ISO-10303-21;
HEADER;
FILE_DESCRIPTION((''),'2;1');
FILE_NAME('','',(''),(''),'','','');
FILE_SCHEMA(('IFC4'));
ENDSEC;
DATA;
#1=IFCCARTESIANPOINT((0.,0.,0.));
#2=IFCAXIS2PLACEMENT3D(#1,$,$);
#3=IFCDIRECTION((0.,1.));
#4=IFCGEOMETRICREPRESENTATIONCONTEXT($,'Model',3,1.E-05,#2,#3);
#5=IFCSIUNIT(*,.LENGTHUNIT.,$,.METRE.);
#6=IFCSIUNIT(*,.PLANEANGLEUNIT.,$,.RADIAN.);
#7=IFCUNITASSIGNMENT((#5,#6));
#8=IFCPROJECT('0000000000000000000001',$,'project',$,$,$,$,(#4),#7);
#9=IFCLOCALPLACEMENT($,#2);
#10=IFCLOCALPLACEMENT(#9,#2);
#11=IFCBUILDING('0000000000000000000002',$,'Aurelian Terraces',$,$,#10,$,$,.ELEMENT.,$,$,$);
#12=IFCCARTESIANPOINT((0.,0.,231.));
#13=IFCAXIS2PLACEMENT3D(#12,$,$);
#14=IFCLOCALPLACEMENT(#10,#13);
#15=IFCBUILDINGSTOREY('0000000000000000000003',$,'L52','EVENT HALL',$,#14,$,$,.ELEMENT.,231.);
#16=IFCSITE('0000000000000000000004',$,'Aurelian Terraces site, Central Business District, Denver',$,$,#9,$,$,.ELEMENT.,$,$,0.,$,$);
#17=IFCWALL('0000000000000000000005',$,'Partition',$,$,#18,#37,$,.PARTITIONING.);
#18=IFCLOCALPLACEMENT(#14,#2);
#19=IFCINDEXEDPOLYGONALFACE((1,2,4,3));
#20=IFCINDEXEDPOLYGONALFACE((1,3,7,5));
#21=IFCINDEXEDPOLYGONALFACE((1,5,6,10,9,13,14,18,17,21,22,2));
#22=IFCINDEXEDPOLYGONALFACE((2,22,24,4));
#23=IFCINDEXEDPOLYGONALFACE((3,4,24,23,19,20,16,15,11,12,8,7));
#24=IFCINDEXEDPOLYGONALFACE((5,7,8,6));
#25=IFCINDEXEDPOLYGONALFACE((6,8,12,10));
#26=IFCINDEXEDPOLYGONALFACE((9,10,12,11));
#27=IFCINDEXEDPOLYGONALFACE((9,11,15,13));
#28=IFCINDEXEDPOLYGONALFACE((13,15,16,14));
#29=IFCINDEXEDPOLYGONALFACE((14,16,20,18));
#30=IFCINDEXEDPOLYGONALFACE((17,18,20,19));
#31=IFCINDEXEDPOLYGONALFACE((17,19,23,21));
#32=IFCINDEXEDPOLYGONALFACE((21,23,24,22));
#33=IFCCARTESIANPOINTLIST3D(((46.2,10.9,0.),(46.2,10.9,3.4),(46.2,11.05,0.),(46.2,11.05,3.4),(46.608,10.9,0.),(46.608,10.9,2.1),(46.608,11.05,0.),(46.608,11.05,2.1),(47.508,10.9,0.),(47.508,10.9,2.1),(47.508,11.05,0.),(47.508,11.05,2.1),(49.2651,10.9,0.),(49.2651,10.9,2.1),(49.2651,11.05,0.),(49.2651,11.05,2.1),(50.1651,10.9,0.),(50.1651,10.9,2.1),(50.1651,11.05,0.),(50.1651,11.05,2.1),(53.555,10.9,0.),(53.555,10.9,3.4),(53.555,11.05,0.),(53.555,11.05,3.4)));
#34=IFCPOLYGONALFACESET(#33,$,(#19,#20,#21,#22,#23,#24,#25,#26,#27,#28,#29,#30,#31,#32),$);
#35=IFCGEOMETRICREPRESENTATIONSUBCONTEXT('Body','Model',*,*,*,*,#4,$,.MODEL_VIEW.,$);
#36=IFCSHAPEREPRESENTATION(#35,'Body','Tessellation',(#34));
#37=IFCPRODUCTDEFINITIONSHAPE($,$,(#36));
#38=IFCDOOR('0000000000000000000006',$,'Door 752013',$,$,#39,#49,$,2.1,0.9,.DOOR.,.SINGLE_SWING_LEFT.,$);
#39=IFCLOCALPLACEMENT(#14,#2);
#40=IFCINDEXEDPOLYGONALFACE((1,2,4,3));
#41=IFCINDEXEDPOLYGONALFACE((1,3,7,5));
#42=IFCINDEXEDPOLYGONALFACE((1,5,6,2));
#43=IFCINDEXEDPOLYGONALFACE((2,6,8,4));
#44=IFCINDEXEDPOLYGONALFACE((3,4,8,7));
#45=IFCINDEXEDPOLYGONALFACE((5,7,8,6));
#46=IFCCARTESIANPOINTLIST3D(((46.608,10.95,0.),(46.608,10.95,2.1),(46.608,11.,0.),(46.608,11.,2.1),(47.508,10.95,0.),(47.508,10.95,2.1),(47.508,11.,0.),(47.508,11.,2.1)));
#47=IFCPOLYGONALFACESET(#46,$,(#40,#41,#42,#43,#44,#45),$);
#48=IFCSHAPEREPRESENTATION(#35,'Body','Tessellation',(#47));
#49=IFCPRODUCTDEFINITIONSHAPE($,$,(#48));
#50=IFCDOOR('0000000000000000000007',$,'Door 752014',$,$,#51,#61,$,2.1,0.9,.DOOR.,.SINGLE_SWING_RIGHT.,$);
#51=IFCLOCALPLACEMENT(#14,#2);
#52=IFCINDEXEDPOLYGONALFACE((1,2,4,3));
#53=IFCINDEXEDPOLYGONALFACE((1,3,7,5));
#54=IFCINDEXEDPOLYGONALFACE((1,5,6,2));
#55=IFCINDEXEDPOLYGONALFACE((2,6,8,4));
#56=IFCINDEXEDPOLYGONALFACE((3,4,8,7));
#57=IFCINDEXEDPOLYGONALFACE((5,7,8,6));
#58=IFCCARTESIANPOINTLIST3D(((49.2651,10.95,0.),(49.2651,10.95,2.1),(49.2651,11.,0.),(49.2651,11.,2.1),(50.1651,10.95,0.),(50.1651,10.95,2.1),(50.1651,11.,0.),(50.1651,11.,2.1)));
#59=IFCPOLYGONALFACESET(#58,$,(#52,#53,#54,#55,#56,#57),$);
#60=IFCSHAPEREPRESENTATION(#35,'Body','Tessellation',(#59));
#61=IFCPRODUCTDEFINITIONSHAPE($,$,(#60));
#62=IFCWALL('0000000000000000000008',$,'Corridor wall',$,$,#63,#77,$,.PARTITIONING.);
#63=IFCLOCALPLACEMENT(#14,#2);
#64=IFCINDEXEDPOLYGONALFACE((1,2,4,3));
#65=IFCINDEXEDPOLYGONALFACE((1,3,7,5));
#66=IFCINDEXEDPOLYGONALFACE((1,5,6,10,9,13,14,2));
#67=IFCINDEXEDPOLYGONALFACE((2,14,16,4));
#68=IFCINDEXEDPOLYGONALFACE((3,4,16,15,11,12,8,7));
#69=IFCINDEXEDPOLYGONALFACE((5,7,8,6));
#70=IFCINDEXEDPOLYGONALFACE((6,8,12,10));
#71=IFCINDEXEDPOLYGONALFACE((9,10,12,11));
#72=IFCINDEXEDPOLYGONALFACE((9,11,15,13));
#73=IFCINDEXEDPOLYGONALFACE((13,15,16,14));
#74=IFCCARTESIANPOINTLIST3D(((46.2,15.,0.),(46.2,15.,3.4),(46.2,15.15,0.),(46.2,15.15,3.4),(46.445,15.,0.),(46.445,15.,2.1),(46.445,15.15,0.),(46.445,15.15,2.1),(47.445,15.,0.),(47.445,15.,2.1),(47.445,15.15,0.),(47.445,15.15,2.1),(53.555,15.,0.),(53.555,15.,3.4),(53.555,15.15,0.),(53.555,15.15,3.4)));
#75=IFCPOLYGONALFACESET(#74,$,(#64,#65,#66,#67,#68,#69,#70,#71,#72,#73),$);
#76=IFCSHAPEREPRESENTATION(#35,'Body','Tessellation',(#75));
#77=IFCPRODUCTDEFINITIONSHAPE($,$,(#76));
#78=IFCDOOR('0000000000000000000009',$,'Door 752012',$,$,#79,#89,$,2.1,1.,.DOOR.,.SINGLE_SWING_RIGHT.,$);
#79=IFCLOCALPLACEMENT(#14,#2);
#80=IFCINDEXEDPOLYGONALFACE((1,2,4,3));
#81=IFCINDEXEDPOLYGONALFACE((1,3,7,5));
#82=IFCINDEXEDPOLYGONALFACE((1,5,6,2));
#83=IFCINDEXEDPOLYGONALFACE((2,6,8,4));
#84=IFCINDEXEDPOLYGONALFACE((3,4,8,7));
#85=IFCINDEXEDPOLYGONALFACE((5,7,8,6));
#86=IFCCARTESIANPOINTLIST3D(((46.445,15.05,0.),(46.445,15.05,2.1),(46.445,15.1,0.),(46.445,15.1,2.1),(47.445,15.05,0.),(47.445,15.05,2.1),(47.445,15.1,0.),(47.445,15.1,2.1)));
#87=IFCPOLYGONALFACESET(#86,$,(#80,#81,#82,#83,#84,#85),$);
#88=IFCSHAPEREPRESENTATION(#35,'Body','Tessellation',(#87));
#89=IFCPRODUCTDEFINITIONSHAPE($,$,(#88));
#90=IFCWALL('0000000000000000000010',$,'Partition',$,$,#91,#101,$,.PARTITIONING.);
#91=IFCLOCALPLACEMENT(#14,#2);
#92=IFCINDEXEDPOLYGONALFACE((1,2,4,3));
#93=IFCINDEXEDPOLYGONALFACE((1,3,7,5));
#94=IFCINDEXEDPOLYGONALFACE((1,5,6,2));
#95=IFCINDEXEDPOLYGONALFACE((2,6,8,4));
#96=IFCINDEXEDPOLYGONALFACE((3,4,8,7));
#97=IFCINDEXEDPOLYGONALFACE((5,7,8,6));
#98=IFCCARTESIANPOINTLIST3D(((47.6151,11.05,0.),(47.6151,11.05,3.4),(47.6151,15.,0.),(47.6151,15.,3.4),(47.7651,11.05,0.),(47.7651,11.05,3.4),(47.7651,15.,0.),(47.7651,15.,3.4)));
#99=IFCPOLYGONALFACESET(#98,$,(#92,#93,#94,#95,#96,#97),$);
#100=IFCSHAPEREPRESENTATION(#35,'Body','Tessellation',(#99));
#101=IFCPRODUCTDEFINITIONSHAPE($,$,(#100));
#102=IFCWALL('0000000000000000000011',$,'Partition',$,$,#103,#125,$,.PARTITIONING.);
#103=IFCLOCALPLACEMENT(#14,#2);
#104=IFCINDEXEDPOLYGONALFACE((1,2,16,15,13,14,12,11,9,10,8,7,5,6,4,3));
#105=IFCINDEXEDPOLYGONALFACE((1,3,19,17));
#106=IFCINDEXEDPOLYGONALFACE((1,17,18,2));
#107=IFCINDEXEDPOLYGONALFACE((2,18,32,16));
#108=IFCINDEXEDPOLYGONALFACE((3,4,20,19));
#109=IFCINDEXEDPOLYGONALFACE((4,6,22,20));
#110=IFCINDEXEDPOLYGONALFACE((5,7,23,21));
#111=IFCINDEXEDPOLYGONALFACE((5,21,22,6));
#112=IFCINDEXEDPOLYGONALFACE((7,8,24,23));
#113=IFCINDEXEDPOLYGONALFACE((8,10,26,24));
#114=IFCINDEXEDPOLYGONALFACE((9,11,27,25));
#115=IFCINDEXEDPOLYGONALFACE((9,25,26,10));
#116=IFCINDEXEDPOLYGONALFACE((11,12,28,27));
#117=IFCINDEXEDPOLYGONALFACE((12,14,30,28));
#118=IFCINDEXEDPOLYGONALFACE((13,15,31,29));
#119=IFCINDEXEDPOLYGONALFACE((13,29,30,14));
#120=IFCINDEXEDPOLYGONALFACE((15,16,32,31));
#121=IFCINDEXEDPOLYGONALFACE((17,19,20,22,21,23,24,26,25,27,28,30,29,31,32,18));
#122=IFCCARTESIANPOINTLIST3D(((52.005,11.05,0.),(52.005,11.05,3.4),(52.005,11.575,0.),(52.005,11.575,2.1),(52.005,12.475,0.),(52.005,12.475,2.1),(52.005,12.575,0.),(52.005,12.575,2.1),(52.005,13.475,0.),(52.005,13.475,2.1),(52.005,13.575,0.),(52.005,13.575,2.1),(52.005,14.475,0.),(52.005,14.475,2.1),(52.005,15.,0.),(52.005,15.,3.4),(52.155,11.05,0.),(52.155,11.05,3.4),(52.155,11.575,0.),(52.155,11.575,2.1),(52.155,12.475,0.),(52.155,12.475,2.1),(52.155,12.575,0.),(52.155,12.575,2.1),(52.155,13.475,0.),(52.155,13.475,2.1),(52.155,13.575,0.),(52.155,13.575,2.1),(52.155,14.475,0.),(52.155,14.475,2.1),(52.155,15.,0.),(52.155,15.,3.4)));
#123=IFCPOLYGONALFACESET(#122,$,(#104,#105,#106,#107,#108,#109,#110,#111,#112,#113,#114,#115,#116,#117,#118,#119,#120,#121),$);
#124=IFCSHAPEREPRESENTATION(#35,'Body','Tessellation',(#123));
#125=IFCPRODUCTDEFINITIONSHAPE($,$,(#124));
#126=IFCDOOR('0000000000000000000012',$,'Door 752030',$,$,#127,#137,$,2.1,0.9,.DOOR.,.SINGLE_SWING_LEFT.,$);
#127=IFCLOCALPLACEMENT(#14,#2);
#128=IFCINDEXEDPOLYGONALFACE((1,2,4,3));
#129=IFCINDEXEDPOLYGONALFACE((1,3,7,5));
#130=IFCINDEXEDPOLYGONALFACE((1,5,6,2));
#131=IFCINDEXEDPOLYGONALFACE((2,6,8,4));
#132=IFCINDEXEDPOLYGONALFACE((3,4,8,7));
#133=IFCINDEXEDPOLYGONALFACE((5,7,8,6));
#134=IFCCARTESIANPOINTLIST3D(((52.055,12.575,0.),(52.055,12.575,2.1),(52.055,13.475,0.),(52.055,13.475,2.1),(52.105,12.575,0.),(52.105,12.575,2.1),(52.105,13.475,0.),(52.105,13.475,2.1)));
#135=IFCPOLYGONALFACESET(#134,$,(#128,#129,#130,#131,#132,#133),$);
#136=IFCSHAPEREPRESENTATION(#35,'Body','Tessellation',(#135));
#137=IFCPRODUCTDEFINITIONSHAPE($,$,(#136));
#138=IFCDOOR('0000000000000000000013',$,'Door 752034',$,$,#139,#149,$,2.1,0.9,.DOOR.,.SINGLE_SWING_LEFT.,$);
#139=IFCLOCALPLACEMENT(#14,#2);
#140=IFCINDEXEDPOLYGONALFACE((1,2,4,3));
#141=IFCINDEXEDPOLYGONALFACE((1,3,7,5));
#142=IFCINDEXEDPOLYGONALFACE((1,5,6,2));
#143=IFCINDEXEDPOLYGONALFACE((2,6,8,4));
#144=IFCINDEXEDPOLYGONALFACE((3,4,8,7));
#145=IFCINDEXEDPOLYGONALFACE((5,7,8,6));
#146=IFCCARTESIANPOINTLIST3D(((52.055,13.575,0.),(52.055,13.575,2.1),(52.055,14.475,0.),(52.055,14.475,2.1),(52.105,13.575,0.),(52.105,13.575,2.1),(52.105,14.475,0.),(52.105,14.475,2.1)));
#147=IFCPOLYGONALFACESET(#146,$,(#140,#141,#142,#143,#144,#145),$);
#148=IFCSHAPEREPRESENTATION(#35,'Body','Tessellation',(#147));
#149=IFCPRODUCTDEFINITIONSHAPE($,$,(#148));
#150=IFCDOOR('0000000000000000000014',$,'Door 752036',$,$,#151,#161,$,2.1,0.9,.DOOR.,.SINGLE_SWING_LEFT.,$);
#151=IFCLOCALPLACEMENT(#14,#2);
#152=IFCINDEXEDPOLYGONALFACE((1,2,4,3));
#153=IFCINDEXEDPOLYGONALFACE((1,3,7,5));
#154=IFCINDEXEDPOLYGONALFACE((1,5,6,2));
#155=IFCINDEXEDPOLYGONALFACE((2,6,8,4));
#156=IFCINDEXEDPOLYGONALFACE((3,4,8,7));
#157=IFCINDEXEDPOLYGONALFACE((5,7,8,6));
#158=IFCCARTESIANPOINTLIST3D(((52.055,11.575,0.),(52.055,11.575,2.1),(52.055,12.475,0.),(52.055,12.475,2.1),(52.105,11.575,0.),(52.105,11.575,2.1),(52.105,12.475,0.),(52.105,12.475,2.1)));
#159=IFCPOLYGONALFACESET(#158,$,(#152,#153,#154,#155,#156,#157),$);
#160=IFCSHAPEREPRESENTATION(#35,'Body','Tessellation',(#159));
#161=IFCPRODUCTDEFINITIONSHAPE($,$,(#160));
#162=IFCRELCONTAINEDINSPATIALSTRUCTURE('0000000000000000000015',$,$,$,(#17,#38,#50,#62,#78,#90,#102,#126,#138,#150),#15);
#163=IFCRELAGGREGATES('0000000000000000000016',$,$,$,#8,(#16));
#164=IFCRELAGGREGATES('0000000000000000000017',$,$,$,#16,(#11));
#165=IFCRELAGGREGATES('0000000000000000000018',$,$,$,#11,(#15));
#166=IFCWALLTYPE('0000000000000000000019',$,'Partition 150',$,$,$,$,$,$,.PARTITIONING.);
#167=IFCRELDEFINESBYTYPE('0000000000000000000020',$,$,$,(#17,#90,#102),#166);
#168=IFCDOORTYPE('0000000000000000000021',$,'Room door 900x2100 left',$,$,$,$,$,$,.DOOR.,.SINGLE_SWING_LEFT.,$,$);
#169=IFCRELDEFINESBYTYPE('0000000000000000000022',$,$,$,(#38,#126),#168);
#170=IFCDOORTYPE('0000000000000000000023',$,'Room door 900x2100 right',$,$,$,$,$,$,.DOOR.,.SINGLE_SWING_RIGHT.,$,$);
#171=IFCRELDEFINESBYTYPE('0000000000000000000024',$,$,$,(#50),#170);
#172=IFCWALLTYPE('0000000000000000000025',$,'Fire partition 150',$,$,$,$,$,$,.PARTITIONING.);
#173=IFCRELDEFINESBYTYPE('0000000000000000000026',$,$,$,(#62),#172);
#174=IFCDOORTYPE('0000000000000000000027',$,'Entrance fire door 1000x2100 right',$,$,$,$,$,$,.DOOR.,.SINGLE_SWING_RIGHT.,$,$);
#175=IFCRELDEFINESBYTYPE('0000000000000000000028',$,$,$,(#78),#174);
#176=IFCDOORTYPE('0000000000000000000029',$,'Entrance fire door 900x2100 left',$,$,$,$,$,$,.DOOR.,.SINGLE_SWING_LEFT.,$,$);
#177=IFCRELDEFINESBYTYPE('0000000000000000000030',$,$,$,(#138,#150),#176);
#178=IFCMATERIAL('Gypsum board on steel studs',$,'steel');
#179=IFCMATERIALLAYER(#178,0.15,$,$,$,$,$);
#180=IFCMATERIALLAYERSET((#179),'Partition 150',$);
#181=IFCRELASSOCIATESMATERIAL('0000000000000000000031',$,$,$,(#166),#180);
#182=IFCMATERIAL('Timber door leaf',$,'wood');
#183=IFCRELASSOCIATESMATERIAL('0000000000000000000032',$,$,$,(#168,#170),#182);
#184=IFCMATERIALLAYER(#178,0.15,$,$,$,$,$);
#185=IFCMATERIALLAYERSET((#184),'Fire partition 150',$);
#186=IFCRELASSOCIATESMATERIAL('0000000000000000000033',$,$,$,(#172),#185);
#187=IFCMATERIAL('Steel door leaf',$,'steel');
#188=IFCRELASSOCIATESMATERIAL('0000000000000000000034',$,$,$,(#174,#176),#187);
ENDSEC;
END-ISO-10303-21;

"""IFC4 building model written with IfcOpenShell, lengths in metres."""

from ifc_helpers import new_model, si_unit, direction, frame, frame_2d, origin, place, context, subcontext, project, spatial, rectangle, extrude, source, transform, mapped, material, layer, layer_set, type_object, element, fill, save


model = new_model("IFC4")

# Units and contexts
model_context = context("Model", 3, precision=1e-05, world=origin(), true_north=direction((0.0, 1.0)))
body_context = subcontext(model_context, "Body", "Model", "MODEL_VIEW")
ifc_project = project(units=[si_unit("LENGTHUNIT", "METRE"), si_unit("PLANEANGLEUNIT", "RADIAN")], contexts=[model_context])

# Site, building, storey
site_placement = place(None, origin())
site = spatial("IfcSite", under=ifc_project, at=site_placement, Name="Aurelian Terraces site, Central Business District, Denver", CompositionType="ELEMENT", RefElevation=0.0)
building_placement = place(site_placement, origin())
building = spatial("IfcBuilding", under=site, at=building_placement, Name="Aurelian Terraces", CompositionType="ELEMENT")
storey_placement = place(building_placement, frame((0.0, 0.0, 231.0)))
storey = spatial("IfcBuildingStorey", under=building, at=storey_placement, Name="L52", Description="EVENT HALL", CompositionType="ELEMENT", Elevation=231.0)

# Wall, openings, doors
ifc_material_1 = material(Name="Gypsum board on steel studs", Category="steel")
ifc_layer_1 = layer(ifc_material_1, 0.15)
ifc_layer_set_1 = layer_set([ifc_layer_1], Name="Partition 150")
wall_type_1 = type_object("IfcWallType", Name="Partition 150", PredefinedType="PARTITIONING", material=ifc_layer_set_1)
shared_shape_1 = source(origin(), body_context, "Body", "SweptSolid", [
    extrude(rectangle(XDim=7.355, YDim=0.15, at=frame_2d((3.6775, 0.0))), origin(), (0.0, 0.0, 1.0), 3.4),
])
wall_1_placement = place(storey_placement, frame((53.555, 10.975, 0.0), z_axis=(0.0, 0.0, 1.0), x_axis=(-1.0, 0.0, 0.0)))
wall_1 = element("IfcWall", 1, at=wall_1_placement, inside=storey, type_object=wall_type_1, Name="Partition", PredefinedType="PARTITIONING", context=body_context, shape_type="MappedRepresentation", body=[
    mapped(shared_shape_1, transform((0.0, 0.0, 0.0), scale=1.0)),
])
shared_shape_2 = source(origin(), body_context, "Body", "SweptSolid", [
    extrude(rectangle(XDim=0.9, YDim=2.1, at=frame_2d((0.45, 1.05))), frame((0.0, 0.085, 0.0), z_axis=(0.0, -1.0, 0.0), x_axis=(1.0, 0.0, 0.0)), (0.0, 0.0, 1.0), 0.17),
])
opening_1_placement = place(wall_1_placement, frame((6.047, 0.0, 0.0)))
opening_1 = element("IfcOpeningElement", 2, at=opening_1_placement, cuts=wall_1, PredefinedType="OPENING", context=body_context, shape_type="MappedRepresentation", body=[
    mapped(shared_shape_2, transform((0.0, 0.0, 0.0), scale=1.0)),
])
opening_2_placement = place(wall_1_placement, frame((3.3899, 0.0, 0.0)))
opening_2 = element("IfcOpeningElement", 3, at=opening_2_placement, cuts=wall_1, PredefinedType="OPENING", context=body_context, shape_type="MappedRepresentation", body=[
    mapped(shared_shape_2, transform((0.0, 0.0, 0.0), scale=1.0)),
])
ifc_material_2 = material(Name="Timber door leaf", Category="wood")
door_type_1 = type_object("IfcDoorType", Name="Room door 900x2100 left", OperationType="SINGLE_SWING_LEFT", PredefinedType="DOOR", material=ifc_material_2)
shared_shape_3 = source(origin(), body_context, "Body", "SweptSolid", [
    extrude(rectangle(XDim=0.9, YDim=2.1, at=frame_2d((0.45, 1.05))), frame((0.0, 0.025, 0.0), z_axis=(0.0, -1.0, 0.0), x_axis=(1.0, 0.0, 0.0)), (0.0, 0.0, 1.0), 0.05),
])
door_1_placement = place(opening_1_placement, origin())
door_1 = element("IfcDoor", 4, at=door_1_placement, inside=storey, type_object=door_type_1, Name="Door 752013", OperationType="SINGLE_SWING_LEFT", OverallHeight=2.1, OverallWidth=0.9, PredefinedType="DOOR", context=body_context, shape_type="MappedRepresentation", body=[
    mapped(shared_shape_3, transform((0.0, 0.0, 0.0), scale=1.0)),
])
fill(opening_1, door_1)
door_type_2 = type_object("IfcDoorType", Name="Room door 900x2100 right", OperationType="SINGLE_SWING_RIGHT", PredefinedType="DOOR", material=ifc_material_2)
door_2_placement = place(opening_2_placement, origin())
door_2 = element("IfcDoor", 5, at=door_2_placement, inside=storey, type_object=door_type_2, Name="Door 752014", OperationType="SINGLE_SWING_RIGHT", OverallHeight=2.1, OverallWidth=0.9, PredefinedType="DOOR", context=body_context, shape_type="MappedRepresentation", body=[
    mapped(shared_shape_3, transform((0.0, 0.0, 0.0), scale=1.0)),
])
fill(opening_2, door_2)

# Wall, opening, door
ifc_layer_2 = layer(ifc_material_1, 0.15)
ifc_layer_set_2 = layer_set([ifc_layer_2], Name="Fire partition 150")
wall_type_2 = type_object("IfcWallType", Name="Fire partition 150", PredefinedType="PARTITIONING", material=ifc_layer_set_2)
wall_2_placement = place(storey_placement, frame((53.555, 15.075, 0.0), z_axis=(0.0, 0.0, 1.0), x_axis=(-1.0, 0.0, 0.0)))
wall_2 = element("IfcWall", 6, at=wall_2_placement, inside=storey, type_object=wall_type_2, Name="Corridor wall", PredefinedType="PARTITIONING", context=body_context, shape_type="MappedRepresentation", body=[
    mapped(shared_shape_1, transform((0.0, 0.0, 0.0), scale=1.0)),
])
shared_shape_4 = source(origin(), body_context, "Body", "SweptSolid", [
    extrude(rectangle(XDim=1.0, YDim=2.1, at=frame_2d((0.5, 1.05))), frame((0.0, 0.085, 0.0), z_axis=(0.0, -1.0, 0.0), x_axis=(1.0, 0.0, 0.0)), (0.0, 0.0, 1.0), 0.17),
])
opening_3_placement = place(wall_2_placement, frame((6.11, 0.0, 0.0)))
opening_3 = element("IfcOpeningElement", 7, at=opening_3_placement, cuts=wall_2, PredefinedType="OPENING", context=body_context, shape_type="MappedRepresentation", body=[
    mapped(shared_shape_4, transform((0.0, 0.0, 0.0), scale=1.0)),
])
ifc_material_3 = material(Name="Steel door leaf", Category="steel")
door_type_3 = type_object("IfcDoorType", Name="Entrance fire door 1000x2100 right", OperationType="SINGLE_SWING_RIGHT", PredefinedType="DOOR", material=ifc_material_3)
shared_shape_5 = source(origin(), body_context, "Body", "SweptSolid", [
    extrude(rectangle(XDim=1.0, YDim=2.1, at=frame_2d((0.5, 1.05))), frame((0.0, 0.025, 0.0), z_axis=(0.0, -1.0, 0.0), x_axis=(1.0, 0.0, 0.0)), (0.0, 0.0, 1.0), 0.05),
])
door_3_placement = place(opening_3_placement, origin())
door_3 = element("IfcDoor", 8, at=door_3_placement, inside=storey, type_object=door_type_3, Name="Door 752012", OperationType="SINGLE_SWING_RIGHT", OverallHeight=2.1, OverallWidth=1.0, PredefinedType="DOOR", context=body_context, shape_type="MappedRepresentation", body=[
    mapped(shared_shape_5, transform((0.0, 0.0, 0.0), scale=1.0)),
])
fill(opening_3, door_3)

# Wall
shared_shape_6 = source(origin(), body_context, "Body", "SweptSolid", [
    extrude(rectangle(XDim=3.95, YDim=0.15, at=frame_2d((1.975, 0.0))), origin(), (0.0, 0.0, 1.0), 3.4),
])
wall_3_placement = place(storey_placement, frame((47.6901, 11.05, 0.0), z_axis=(0.0, 0.0, 1.0), x_axis=(0.0, 1.0, 0.0)))
element("IfcWall", 9, at=wall_3_placement, inside=storey, type_object=wall_type_1, Name="Partition", PredefinedType="PARTITIONING", context=body_context, shape_type="MappedRepresentation", body=[
    mapped(shared_shape_6, transform((0.0, 0.0, 0.0), scale=1.0)),
])

# Wall, openings, doors
wall_4_placement = place(storey_placement, frame((52.08, 11.05, 0.0), z_axis=(0.0, 0.0, 1.0), x_axis=(0.0, 1.0, 0.0)))
wall_4 = element("IfcWall", 10, at=wall_4_placement, inside=storey, type_object=wall_type_1, Name="Partition", PredefinedType="PARTITIONING", context=body_context, shape_type="MappedRepresentation", body=[
    mapped(shared_shape_6, transform((0.0, 0.0, 0.0), scale=1.0)),
])
opening_4_placement = place(wall_4_placement, frame((1.525, 0.0, 0.0)))
opening_4 = element("IfcOpeningElement", 11, at=opening_4_placement, cuts=wall_4, PredefinedType="OPENING", context=body_context, shape_type="MappedRepresentation", body=[
    mapped(shared_shape_2, transform((0.0, 0.0, 0.0), scale=1.0)),
])
opening_5_placement = place(wall_4_placement, frame((2.525, 0.0, 0.0)))
opening_5 = element("IfcOpeningElement", 12, at=opening_5_placement, cuts=wall_4, PredefinedType="OPENING", context=body_context, shape_type="MappedRepresentation", body=[
    mapped(shared_shape_2, transform((0.0, 0.0, 0.0), scale=1.0)),
])
opening_6_placement = place(wall_4_placement, frame((0.525, 0.0, 0.0)))
opening_6 = element("IfcOpeningElement", 13, at=opening_6_placement, cuts=wall_4, PredefinedType="OPENING", context=body_context, shape_type="MappedRepresentation", body=[
    mapped(shared_shape_2, transform((0.0, 0.0, 0.0), scale=1.0)),
])
door_4_placement = place(opening_4_placement, origin())
door_4 = element("IfcDoor", 14, at=door_4_placement, inside=storey, type_object=door_type_1, Name="Door 752030", OperationType="SINGLE_SWING_LEFT", OverallHeight=2.1, OverallWidth=0.9, PredefinedType="DOOR", context=body_context, shape_type="MappedRepresentation", body=[
    mapped(shared_shape_3, transform((0.0, 0.0, 0.0), scale=1.0)),
])
fill(opening_4, door_4)
door_type_4 = type_object("IfcDoorType", Name="Entrance fire door 900x2100 left", OperationType="SINGLE_SWING_LEFT", PredefinedType="DOOR", material=ifc_material_3)
door_5_placement = place(opening_5_placement, origin())
door_5 = element("IfcDoor", 15, at=door_5_placement, inside=storey, type_object=door_type_4, Name="Door 752034", OperationType="SINGLE_SWING_LEFT", OverallHeight=2.1, OverallWidth=0.9, PredefinedType="DOOR", context=body_context, shape_type="MappedRepresentation", body=[
    mapped(shared_shape_3, transform((0.0, 0.0, 0.0), scale=1.0)),
])
fill(opening_5, door_5)
door_6_placement = place(opening_6_placement, origin())
door_6 = element("IfcDoor", 16, at=door_6_placement, inside=storey, type_object=door_type_4, Name="Door 752036", OperationType="SINGLE_SWING_LEFT", OverallHeight=2.1, OverallWidth=0.9, PredefinedType="DOOR", context=body_context, shape_type="MappedRepresentation", body=[
    mapped(shared_shape_3, transform((0.0, 0.0, 0.0), scale=1.0)),
])
fill(opening_6, door_6)

save(model, "model.ifc")
